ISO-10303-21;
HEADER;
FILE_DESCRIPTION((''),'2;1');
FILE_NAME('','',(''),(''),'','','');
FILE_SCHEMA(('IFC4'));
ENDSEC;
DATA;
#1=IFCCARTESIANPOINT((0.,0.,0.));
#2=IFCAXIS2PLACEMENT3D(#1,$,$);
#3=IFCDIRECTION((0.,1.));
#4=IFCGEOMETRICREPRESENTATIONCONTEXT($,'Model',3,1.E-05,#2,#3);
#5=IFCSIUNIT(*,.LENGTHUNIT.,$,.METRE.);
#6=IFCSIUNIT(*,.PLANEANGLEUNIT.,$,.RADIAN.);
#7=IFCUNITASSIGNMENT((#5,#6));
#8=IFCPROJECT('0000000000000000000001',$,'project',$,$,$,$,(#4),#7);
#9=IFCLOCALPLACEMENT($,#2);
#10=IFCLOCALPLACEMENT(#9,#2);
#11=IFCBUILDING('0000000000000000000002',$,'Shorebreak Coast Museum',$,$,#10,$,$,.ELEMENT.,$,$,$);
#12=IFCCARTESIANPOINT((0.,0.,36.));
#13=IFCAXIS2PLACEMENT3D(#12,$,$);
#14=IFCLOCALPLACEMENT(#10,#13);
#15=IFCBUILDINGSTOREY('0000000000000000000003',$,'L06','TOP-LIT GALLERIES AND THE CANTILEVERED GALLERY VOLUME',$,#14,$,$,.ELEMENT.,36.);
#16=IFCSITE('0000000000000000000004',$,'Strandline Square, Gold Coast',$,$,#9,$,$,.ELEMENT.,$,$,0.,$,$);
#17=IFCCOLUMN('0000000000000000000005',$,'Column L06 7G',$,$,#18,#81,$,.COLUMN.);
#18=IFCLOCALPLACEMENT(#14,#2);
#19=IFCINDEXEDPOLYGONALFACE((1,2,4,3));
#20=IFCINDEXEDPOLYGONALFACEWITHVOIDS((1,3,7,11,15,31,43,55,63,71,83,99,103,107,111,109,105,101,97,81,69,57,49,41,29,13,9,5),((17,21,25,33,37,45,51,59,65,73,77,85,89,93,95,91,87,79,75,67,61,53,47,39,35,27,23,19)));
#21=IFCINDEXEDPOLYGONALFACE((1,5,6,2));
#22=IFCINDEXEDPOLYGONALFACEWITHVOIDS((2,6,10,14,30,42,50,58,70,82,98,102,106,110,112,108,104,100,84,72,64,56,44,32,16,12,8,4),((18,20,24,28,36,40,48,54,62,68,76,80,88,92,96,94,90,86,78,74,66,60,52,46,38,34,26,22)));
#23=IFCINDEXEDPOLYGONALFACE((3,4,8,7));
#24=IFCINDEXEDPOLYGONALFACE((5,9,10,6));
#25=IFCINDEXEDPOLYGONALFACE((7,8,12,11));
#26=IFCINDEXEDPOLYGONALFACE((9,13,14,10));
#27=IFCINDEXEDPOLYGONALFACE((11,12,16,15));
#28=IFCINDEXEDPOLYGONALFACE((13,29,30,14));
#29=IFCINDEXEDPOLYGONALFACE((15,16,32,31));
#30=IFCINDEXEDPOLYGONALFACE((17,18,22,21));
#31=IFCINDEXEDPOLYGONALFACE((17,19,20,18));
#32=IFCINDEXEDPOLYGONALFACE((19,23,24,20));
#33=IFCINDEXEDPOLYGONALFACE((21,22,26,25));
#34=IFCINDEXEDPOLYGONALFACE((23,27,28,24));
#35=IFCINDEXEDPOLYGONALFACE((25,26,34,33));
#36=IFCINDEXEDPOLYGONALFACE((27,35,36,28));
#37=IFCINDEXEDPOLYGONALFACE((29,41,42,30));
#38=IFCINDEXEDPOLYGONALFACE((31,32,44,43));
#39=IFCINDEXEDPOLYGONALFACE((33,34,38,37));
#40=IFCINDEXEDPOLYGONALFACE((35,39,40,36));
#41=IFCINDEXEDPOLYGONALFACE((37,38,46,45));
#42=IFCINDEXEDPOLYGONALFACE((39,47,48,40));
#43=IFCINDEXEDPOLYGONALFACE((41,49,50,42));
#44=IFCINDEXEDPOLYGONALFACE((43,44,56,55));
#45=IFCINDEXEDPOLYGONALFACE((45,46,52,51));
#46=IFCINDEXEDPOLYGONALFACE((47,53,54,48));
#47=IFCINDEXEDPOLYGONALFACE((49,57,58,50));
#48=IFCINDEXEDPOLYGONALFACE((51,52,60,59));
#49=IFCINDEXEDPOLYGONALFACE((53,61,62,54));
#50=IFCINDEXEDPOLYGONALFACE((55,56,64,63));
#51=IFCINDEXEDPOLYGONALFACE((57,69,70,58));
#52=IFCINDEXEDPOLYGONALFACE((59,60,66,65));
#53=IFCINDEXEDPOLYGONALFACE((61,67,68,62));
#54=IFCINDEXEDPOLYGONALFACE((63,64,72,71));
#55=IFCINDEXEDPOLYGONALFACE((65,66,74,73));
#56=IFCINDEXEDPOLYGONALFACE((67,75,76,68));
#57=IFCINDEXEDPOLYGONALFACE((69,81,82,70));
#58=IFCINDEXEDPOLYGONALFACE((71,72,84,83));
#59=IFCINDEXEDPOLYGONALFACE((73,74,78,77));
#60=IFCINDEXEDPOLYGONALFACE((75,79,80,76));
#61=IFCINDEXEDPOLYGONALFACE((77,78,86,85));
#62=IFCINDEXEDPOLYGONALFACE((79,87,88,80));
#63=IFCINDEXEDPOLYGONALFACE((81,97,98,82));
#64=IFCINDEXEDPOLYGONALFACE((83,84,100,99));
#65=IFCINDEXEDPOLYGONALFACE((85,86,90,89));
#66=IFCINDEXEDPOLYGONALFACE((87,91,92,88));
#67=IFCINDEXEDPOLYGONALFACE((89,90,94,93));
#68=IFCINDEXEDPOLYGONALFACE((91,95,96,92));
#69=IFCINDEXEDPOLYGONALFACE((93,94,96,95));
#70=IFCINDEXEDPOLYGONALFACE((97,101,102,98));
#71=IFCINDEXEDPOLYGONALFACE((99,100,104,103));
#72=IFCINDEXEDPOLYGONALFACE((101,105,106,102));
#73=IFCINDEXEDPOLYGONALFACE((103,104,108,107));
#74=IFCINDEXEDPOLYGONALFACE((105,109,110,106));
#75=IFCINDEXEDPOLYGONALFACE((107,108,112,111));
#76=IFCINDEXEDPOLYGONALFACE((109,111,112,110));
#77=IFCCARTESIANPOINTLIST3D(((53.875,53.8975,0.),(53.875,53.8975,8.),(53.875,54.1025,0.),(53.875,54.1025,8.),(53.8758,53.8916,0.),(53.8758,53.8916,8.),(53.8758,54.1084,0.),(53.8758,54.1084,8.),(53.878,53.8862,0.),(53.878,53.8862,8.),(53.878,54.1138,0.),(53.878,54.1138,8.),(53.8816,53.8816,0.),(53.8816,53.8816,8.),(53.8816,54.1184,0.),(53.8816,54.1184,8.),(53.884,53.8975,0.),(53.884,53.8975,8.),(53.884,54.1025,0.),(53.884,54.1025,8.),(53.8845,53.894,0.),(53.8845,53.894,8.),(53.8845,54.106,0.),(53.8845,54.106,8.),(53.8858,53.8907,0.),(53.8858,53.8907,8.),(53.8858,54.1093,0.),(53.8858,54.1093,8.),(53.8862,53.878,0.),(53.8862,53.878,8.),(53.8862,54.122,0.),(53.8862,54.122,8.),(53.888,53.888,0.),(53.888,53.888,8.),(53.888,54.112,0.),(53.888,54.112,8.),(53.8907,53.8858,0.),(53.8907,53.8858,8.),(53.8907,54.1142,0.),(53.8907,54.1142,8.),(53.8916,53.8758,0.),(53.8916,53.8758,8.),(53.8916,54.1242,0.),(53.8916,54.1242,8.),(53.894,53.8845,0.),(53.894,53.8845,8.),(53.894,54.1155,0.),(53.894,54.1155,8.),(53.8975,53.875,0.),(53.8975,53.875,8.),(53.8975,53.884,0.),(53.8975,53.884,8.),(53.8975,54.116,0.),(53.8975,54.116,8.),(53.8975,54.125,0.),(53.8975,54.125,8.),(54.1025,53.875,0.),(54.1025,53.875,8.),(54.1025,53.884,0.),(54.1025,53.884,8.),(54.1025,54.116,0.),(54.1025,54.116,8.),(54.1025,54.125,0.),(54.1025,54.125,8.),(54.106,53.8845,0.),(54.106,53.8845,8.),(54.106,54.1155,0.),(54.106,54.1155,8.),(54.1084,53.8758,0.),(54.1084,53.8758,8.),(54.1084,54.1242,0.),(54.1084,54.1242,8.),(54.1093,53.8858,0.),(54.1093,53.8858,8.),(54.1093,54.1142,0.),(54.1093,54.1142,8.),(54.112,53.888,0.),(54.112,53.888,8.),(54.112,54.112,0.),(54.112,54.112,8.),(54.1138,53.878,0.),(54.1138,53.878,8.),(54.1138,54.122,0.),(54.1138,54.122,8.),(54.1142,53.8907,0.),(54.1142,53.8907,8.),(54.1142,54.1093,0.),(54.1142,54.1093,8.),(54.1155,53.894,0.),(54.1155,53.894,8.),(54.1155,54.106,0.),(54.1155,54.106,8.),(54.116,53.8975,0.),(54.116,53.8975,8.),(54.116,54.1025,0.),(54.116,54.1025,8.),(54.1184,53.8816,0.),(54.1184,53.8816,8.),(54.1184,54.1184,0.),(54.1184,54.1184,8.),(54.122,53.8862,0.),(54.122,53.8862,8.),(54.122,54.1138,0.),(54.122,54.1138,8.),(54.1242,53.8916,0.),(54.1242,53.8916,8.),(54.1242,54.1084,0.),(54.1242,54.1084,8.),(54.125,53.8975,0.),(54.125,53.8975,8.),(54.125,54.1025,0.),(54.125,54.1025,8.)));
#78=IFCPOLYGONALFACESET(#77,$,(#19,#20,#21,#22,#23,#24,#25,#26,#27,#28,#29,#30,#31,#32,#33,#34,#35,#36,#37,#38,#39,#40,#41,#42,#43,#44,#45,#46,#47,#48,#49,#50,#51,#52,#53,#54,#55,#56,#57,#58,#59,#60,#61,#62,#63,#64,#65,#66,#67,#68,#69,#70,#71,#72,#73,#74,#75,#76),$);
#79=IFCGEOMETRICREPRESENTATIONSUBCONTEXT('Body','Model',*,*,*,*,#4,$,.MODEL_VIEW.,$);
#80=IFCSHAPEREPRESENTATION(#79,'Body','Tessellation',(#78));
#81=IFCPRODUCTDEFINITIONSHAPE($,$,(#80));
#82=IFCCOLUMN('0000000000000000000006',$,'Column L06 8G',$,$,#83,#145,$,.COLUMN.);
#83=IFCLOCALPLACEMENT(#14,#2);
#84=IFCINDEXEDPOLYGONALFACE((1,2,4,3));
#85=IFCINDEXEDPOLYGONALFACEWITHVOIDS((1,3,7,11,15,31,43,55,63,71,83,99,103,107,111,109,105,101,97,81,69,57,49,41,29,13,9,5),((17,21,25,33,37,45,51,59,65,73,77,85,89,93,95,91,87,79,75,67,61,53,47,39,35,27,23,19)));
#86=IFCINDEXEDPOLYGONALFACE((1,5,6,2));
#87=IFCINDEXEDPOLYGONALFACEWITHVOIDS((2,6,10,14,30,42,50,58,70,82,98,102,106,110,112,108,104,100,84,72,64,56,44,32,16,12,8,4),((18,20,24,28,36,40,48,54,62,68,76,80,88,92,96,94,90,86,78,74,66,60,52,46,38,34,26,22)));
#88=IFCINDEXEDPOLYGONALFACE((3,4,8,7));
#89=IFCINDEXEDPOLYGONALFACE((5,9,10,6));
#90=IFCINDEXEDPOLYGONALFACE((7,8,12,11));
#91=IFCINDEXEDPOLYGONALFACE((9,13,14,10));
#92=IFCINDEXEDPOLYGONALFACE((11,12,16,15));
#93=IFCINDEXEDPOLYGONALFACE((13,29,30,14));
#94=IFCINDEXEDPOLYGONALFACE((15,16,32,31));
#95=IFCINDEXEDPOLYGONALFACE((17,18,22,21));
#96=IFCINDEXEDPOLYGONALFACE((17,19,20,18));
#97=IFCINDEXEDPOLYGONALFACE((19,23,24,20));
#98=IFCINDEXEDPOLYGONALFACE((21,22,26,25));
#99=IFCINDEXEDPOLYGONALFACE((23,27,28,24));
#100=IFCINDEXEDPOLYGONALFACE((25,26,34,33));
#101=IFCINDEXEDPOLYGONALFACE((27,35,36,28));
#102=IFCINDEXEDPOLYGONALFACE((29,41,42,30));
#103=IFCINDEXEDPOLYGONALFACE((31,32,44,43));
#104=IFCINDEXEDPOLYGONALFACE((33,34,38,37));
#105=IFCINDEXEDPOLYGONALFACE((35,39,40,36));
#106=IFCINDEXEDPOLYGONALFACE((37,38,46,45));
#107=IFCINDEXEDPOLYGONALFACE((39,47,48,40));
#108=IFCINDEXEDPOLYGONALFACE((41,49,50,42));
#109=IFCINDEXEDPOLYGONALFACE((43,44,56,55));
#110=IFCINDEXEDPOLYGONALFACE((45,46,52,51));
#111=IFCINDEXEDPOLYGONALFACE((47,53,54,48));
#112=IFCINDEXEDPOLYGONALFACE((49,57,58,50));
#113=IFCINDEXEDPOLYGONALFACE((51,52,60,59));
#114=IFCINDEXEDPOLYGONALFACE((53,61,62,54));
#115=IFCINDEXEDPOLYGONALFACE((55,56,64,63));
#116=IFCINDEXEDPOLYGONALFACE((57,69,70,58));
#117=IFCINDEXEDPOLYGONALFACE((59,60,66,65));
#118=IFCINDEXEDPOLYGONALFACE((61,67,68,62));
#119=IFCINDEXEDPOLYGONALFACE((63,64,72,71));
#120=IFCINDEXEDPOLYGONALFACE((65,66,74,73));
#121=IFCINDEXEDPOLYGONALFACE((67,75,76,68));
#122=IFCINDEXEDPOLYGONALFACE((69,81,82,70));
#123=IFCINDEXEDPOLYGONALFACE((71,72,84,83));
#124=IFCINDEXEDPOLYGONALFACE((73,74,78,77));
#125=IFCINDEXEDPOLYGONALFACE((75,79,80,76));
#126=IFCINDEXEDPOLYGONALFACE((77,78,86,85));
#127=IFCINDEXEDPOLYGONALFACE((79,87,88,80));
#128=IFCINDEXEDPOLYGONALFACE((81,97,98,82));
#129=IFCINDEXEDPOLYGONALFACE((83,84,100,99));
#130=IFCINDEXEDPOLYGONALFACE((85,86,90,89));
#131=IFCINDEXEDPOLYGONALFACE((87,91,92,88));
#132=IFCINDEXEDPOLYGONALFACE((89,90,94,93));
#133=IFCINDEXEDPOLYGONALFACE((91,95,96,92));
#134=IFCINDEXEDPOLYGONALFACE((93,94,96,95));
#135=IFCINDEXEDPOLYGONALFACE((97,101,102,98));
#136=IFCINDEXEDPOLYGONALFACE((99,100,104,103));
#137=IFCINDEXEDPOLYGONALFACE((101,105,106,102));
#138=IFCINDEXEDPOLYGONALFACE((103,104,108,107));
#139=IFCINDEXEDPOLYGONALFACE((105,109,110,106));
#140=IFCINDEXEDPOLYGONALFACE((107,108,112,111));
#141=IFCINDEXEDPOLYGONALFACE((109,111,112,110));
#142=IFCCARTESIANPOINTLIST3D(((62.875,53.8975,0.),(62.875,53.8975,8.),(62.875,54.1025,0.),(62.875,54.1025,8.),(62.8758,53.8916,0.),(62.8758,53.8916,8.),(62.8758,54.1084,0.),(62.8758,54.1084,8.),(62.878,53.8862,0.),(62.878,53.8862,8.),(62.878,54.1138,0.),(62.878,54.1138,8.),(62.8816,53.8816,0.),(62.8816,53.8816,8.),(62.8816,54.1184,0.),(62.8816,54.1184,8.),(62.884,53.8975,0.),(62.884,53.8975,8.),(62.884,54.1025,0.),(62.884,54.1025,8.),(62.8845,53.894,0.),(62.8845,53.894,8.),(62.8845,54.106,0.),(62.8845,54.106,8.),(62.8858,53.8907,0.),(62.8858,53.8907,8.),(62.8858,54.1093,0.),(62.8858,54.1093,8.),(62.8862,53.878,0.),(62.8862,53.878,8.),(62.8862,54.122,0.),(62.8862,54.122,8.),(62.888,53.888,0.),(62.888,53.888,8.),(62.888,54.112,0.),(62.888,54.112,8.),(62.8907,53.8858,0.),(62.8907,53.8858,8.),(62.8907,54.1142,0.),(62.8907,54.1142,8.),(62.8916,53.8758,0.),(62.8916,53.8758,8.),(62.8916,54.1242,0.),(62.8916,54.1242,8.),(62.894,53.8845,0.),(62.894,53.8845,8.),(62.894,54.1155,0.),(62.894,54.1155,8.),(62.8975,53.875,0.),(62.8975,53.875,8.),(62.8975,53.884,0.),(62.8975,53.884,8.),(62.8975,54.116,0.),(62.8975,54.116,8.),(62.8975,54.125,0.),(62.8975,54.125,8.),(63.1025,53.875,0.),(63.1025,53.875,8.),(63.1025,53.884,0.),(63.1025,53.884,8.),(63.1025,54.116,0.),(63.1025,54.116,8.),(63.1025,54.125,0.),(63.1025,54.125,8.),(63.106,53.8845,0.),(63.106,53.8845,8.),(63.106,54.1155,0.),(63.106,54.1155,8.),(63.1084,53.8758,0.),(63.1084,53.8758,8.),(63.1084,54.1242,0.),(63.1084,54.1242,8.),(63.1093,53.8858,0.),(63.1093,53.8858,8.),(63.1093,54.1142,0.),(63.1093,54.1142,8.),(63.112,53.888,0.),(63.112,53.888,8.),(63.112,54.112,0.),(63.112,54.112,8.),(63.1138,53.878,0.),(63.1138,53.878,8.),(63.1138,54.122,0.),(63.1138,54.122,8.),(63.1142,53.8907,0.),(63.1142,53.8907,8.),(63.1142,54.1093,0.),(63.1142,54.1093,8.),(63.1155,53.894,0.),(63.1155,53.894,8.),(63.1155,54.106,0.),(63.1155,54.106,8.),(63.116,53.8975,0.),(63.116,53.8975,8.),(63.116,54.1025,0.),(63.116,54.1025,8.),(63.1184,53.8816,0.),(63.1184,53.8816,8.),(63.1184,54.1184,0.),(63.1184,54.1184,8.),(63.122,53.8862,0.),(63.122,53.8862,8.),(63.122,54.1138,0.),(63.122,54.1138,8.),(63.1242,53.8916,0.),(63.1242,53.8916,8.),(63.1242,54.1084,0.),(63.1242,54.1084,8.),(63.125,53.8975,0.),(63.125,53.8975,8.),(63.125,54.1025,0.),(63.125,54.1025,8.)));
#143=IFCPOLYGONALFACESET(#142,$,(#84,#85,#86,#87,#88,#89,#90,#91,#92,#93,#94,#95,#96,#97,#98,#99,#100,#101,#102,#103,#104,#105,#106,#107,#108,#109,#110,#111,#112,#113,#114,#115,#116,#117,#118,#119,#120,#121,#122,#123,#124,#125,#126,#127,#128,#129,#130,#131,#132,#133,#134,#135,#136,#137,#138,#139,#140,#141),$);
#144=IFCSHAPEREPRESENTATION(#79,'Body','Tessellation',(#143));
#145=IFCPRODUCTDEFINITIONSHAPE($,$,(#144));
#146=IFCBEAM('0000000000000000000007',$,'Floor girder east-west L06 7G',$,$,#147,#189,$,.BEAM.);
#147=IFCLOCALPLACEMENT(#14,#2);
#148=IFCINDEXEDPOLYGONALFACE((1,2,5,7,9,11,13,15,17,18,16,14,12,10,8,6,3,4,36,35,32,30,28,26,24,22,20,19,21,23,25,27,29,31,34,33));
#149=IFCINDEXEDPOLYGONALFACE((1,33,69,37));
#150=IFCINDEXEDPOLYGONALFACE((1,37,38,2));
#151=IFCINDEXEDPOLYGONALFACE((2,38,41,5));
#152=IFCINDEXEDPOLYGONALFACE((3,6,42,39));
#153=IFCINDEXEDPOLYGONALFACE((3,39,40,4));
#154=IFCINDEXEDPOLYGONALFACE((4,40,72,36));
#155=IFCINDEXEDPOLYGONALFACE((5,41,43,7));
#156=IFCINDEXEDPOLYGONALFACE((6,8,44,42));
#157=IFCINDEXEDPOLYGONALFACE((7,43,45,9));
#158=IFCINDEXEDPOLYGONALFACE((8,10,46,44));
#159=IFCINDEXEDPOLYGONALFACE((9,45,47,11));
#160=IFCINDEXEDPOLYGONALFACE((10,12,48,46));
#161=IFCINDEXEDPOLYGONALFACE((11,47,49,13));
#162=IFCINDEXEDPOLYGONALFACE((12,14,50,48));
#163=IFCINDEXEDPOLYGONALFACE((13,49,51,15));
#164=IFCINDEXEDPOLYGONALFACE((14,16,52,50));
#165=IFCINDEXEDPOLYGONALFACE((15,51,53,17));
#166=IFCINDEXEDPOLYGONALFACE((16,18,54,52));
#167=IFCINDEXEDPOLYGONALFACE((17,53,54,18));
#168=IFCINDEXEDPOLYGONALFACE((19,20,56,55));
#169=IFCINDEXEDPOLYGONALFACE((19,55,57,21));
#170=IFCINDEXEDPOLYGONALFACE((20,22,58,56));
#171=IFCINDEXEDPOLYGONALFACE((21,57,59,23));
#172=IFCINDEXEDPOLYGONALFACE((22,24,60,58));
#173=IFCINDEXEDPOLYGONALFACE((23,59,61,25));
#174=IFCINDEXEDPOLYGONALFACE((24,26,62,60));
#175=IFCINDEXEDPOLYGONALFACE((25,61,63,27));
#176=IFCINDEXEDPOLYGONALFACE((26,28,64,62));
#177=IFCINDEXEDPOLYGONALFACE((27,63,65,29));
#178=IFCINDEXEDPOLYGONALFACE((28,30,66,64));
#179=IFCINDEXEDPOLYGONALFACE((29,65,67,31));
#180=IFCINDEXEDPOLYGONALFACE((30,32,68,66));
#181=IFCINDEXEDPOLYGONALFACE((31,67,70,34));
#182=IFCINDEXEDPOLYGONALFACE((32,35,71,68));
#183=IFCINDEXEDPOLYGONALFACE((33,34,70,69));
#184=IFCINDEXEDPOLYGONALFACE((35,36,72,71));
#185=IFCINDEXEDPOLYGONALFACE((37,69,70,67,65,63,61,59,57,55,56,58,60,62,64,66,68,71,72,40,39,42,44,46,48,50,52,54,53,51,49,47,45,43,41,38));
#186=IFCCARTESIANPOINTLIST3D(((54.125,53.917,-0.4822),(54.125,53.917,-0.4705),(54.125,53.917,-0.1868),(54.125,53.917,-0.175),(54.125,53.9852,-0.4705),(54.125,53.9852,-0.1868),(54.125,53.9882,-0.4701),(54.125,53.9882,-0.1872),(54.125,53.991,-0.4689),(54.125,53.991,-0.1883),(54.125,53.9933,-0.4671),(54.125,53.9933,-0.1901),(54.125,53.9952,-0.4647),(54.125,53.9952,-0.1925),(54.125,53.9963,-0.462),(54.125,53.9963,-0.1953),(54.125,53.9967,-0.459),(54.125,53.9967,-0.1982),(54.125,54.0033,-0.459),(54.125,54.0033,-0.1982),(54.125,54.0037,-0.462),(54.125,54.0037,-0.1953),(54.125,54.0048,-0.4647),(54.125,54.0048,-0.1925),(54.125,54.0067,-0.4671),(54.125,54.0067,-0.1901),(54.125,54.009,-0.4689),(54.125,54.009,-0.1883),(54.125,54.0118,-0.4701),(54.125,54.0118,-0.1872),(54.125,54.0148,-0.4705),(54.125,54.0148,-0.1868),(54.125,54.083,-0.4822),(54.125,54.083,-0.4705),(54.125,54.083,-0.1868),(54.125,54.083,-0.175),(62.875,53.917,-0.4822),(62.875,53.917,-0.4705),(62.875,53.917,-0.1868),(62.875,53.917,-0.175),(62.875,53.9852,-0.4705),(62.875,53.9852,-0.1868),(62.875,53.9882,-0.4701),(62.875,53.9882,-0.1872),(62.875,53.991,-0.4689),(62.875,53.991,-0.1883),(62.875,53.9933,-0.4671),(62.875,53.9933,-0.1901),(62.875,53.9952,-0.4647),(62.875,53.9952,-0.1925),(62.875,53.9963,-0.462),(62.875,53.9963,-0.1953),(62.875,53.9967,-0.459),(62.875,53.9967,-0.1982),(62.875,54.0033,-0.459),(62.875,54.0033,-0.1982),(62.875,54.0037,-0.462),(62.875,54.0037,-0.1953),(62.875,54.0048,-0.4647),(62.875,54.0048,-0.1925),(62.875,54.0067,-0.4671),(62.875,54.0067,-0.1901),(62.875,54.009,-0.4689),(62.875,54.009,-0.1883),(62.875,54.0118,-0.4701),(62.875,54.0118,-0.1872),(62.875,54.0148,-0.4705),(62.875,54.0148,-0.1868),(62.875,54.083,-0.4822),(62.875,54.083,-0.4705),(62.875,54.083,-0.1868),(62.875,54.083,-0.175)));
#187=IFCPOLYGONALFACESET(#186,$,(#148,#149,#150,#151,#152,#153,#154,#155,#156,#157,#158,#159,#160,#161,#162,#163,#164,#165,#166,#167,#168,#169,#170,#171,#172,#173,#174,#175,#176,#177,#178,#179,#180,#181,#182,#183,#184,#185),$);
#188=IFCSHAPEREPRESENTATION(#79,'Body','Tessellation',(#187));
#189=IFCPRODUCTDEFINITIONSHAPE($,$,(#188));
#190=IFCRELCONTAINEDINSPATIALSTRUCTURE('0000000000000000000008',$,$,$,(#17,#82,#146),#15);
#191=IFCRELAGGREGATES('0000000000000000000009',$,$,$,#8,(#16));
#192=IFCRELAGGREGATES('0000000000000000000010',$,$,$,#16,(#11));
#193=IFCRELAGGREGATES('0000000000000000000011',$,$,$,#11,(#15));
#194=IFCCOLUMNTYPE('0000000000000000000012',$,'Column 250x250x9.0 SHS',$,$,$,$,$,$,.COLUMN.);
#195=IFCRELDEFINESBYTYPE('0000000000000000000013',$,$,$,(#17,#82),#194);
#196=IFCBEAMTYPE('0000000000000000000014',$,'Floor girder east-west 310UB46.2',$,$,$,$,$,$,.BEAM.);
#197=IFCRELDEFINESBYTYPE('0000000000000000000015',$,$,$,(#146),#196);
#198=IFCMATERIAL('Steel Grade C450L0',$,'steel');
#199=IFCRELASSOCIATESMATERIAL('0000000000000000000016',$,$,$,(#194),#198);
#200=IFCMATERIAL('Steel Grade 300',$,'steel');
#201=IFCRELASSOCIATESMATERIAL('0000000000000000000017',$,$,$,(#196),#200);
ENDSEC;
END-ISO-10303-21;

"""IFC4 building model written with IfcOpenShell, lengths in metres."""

from ifc_helpers import new_model, si_unit, direction, frame, origin, origin_2d, place, context, subcontext, project, spatial, hollow_rectangle, i_section, extrude, material, material_profile, profile_set, type_object, element, save


model = new_model("IFC4")

# Units and contexts
model_context = context("Model", 3, precision=1e-05, world=origin(), true_north=direction((0.0, 1.0)))
body_context = subcontext(model_context, "Body", "Model", "MODEL_VIEW")
ifc_project = project(units=[si_unit("LENGTHUNIT", "METRE"), si_unit("PLANEANGLEUNIT", "RADIAN")], contexts=[model_context])

# Site, building, storey
site_placement = place(None, origin())
site = spatial("IfcSite", under=ifc_project, at=site_placement, Name="Strandline Square, Gold Coast", CompositionType="ELEMENT", RefElevation=0.0)
building_placement = place(site_placement, origin())
building = spatial("IfcBuilding", under=site, at=building_placement, Name="Shorebreak Coast Museum", CompositionType="ELEMENT")
storey_placement = place(building_placement, frame((0.0, 0.0, 36.0)))
storey = spatial("IfcBuildingStorey", under=building, at=storey_placement, Name="L06", Description="TOP-LIT GALLERIES AND THE CANTILEVERED GALLERY VOLUME", CompositionType="ELEMENT", Elevation=36.0)

# Columns
ifc_material_1 = material(Name="Steel Grade C450L0", Category="steel")
ifc_material_profile_1 = material_profile(ifc_material_1, hollow_rectangle(XDim=0.25, YDim=0.25, WallThickness=0.009, InnerFilletRadius=0.0134, OuterFilletRadius=0.0225, at=origin_2d()), Name="250x250x9.0 SHS")
ifc_profile_set_1 = profile_set([ifc_material_profile_1], Name="Steel Grade C450L0")
column_type = type_object("IfcColumnType", Name="Column 250x250x9.0 SHS", PredefinedType="COLUMN", material=ifc_profile_set_1)
for number, where, z_axis, x_axis, name in (
    (1, (54.0, 54.0, 0.0), (0.0, 0.0, 1.0), (1.0, 0.0, 0.0), "Column L06 7G"),
    (2, (63.0, 54.0, 0.0), (0.0, 0.0, 1.0), (1.0, 0.0, 0.0), "Column L06 8G"),
):
    element("IfcColumn", number, at=place(storey_placement, frame(where, z_axis=z_axis, x_axis=x_axis)), inside=storey, type_object=column_type, Name=name, PredefinedType="COLUMN", context=body_context, shape_type="SweptSolid", body=[
        extrude(hollow_rectangle(XDim=0.25, YDim=0.25, WallThickness=0.009, InnerFilletRadius=0.0134, OuterFilletRadius=0.0225, at=origin_2d()), origin(), (0.0, 0.0, 1.0), 8.0),
    ])

# Beam
ifc_material_2 = material(Name="Steel Grade 300", Category="steel")
ifc_material_profile_2 = material_profile(ifc_material_2, i_section(OverallWidth=0.166, OverallDepth=0.3071, WebThickness=0.0066, FlangeThickness=0.0117, FilletRadius=0.0115, at=origin_2d()), Name="310UB46.2")
ifc_profile_set_2 = profile_set([ifc_material_profile_2], Name="Steel Grade 300")
beam_type_1 = type_object("IfcBeamType", Name="Floor girder east-west 310UB46.2", PredefinedType="BEAM", material=ifc_profile_set_2)
beam_1_placement = place(storey_placement, frame((54.125, 54.0, -0.3286), z_axis=(1.0, 0.0, 0.0), x_axis=(0.0, 1.0, 0.0)))
element("IfcBeam", 3, at=beam_1_placement, inside=storey, type_object=beam_type_1, Name="Floor girder east-west L06 7G", PredefinedType="BEAM", context=body_context, shape_type="SweptSolid", body=[
    extrude(i_section(OverallWidth=0.166, OverallDepth=0.3071, WebThickness=0.0066, FlangeThickness=0.0117, FilletRadius=0.0115, at=origin_2d()), origin(), (0.0, 0.0, 1.0), 8.75),
])

save(model, "model.ifc")
